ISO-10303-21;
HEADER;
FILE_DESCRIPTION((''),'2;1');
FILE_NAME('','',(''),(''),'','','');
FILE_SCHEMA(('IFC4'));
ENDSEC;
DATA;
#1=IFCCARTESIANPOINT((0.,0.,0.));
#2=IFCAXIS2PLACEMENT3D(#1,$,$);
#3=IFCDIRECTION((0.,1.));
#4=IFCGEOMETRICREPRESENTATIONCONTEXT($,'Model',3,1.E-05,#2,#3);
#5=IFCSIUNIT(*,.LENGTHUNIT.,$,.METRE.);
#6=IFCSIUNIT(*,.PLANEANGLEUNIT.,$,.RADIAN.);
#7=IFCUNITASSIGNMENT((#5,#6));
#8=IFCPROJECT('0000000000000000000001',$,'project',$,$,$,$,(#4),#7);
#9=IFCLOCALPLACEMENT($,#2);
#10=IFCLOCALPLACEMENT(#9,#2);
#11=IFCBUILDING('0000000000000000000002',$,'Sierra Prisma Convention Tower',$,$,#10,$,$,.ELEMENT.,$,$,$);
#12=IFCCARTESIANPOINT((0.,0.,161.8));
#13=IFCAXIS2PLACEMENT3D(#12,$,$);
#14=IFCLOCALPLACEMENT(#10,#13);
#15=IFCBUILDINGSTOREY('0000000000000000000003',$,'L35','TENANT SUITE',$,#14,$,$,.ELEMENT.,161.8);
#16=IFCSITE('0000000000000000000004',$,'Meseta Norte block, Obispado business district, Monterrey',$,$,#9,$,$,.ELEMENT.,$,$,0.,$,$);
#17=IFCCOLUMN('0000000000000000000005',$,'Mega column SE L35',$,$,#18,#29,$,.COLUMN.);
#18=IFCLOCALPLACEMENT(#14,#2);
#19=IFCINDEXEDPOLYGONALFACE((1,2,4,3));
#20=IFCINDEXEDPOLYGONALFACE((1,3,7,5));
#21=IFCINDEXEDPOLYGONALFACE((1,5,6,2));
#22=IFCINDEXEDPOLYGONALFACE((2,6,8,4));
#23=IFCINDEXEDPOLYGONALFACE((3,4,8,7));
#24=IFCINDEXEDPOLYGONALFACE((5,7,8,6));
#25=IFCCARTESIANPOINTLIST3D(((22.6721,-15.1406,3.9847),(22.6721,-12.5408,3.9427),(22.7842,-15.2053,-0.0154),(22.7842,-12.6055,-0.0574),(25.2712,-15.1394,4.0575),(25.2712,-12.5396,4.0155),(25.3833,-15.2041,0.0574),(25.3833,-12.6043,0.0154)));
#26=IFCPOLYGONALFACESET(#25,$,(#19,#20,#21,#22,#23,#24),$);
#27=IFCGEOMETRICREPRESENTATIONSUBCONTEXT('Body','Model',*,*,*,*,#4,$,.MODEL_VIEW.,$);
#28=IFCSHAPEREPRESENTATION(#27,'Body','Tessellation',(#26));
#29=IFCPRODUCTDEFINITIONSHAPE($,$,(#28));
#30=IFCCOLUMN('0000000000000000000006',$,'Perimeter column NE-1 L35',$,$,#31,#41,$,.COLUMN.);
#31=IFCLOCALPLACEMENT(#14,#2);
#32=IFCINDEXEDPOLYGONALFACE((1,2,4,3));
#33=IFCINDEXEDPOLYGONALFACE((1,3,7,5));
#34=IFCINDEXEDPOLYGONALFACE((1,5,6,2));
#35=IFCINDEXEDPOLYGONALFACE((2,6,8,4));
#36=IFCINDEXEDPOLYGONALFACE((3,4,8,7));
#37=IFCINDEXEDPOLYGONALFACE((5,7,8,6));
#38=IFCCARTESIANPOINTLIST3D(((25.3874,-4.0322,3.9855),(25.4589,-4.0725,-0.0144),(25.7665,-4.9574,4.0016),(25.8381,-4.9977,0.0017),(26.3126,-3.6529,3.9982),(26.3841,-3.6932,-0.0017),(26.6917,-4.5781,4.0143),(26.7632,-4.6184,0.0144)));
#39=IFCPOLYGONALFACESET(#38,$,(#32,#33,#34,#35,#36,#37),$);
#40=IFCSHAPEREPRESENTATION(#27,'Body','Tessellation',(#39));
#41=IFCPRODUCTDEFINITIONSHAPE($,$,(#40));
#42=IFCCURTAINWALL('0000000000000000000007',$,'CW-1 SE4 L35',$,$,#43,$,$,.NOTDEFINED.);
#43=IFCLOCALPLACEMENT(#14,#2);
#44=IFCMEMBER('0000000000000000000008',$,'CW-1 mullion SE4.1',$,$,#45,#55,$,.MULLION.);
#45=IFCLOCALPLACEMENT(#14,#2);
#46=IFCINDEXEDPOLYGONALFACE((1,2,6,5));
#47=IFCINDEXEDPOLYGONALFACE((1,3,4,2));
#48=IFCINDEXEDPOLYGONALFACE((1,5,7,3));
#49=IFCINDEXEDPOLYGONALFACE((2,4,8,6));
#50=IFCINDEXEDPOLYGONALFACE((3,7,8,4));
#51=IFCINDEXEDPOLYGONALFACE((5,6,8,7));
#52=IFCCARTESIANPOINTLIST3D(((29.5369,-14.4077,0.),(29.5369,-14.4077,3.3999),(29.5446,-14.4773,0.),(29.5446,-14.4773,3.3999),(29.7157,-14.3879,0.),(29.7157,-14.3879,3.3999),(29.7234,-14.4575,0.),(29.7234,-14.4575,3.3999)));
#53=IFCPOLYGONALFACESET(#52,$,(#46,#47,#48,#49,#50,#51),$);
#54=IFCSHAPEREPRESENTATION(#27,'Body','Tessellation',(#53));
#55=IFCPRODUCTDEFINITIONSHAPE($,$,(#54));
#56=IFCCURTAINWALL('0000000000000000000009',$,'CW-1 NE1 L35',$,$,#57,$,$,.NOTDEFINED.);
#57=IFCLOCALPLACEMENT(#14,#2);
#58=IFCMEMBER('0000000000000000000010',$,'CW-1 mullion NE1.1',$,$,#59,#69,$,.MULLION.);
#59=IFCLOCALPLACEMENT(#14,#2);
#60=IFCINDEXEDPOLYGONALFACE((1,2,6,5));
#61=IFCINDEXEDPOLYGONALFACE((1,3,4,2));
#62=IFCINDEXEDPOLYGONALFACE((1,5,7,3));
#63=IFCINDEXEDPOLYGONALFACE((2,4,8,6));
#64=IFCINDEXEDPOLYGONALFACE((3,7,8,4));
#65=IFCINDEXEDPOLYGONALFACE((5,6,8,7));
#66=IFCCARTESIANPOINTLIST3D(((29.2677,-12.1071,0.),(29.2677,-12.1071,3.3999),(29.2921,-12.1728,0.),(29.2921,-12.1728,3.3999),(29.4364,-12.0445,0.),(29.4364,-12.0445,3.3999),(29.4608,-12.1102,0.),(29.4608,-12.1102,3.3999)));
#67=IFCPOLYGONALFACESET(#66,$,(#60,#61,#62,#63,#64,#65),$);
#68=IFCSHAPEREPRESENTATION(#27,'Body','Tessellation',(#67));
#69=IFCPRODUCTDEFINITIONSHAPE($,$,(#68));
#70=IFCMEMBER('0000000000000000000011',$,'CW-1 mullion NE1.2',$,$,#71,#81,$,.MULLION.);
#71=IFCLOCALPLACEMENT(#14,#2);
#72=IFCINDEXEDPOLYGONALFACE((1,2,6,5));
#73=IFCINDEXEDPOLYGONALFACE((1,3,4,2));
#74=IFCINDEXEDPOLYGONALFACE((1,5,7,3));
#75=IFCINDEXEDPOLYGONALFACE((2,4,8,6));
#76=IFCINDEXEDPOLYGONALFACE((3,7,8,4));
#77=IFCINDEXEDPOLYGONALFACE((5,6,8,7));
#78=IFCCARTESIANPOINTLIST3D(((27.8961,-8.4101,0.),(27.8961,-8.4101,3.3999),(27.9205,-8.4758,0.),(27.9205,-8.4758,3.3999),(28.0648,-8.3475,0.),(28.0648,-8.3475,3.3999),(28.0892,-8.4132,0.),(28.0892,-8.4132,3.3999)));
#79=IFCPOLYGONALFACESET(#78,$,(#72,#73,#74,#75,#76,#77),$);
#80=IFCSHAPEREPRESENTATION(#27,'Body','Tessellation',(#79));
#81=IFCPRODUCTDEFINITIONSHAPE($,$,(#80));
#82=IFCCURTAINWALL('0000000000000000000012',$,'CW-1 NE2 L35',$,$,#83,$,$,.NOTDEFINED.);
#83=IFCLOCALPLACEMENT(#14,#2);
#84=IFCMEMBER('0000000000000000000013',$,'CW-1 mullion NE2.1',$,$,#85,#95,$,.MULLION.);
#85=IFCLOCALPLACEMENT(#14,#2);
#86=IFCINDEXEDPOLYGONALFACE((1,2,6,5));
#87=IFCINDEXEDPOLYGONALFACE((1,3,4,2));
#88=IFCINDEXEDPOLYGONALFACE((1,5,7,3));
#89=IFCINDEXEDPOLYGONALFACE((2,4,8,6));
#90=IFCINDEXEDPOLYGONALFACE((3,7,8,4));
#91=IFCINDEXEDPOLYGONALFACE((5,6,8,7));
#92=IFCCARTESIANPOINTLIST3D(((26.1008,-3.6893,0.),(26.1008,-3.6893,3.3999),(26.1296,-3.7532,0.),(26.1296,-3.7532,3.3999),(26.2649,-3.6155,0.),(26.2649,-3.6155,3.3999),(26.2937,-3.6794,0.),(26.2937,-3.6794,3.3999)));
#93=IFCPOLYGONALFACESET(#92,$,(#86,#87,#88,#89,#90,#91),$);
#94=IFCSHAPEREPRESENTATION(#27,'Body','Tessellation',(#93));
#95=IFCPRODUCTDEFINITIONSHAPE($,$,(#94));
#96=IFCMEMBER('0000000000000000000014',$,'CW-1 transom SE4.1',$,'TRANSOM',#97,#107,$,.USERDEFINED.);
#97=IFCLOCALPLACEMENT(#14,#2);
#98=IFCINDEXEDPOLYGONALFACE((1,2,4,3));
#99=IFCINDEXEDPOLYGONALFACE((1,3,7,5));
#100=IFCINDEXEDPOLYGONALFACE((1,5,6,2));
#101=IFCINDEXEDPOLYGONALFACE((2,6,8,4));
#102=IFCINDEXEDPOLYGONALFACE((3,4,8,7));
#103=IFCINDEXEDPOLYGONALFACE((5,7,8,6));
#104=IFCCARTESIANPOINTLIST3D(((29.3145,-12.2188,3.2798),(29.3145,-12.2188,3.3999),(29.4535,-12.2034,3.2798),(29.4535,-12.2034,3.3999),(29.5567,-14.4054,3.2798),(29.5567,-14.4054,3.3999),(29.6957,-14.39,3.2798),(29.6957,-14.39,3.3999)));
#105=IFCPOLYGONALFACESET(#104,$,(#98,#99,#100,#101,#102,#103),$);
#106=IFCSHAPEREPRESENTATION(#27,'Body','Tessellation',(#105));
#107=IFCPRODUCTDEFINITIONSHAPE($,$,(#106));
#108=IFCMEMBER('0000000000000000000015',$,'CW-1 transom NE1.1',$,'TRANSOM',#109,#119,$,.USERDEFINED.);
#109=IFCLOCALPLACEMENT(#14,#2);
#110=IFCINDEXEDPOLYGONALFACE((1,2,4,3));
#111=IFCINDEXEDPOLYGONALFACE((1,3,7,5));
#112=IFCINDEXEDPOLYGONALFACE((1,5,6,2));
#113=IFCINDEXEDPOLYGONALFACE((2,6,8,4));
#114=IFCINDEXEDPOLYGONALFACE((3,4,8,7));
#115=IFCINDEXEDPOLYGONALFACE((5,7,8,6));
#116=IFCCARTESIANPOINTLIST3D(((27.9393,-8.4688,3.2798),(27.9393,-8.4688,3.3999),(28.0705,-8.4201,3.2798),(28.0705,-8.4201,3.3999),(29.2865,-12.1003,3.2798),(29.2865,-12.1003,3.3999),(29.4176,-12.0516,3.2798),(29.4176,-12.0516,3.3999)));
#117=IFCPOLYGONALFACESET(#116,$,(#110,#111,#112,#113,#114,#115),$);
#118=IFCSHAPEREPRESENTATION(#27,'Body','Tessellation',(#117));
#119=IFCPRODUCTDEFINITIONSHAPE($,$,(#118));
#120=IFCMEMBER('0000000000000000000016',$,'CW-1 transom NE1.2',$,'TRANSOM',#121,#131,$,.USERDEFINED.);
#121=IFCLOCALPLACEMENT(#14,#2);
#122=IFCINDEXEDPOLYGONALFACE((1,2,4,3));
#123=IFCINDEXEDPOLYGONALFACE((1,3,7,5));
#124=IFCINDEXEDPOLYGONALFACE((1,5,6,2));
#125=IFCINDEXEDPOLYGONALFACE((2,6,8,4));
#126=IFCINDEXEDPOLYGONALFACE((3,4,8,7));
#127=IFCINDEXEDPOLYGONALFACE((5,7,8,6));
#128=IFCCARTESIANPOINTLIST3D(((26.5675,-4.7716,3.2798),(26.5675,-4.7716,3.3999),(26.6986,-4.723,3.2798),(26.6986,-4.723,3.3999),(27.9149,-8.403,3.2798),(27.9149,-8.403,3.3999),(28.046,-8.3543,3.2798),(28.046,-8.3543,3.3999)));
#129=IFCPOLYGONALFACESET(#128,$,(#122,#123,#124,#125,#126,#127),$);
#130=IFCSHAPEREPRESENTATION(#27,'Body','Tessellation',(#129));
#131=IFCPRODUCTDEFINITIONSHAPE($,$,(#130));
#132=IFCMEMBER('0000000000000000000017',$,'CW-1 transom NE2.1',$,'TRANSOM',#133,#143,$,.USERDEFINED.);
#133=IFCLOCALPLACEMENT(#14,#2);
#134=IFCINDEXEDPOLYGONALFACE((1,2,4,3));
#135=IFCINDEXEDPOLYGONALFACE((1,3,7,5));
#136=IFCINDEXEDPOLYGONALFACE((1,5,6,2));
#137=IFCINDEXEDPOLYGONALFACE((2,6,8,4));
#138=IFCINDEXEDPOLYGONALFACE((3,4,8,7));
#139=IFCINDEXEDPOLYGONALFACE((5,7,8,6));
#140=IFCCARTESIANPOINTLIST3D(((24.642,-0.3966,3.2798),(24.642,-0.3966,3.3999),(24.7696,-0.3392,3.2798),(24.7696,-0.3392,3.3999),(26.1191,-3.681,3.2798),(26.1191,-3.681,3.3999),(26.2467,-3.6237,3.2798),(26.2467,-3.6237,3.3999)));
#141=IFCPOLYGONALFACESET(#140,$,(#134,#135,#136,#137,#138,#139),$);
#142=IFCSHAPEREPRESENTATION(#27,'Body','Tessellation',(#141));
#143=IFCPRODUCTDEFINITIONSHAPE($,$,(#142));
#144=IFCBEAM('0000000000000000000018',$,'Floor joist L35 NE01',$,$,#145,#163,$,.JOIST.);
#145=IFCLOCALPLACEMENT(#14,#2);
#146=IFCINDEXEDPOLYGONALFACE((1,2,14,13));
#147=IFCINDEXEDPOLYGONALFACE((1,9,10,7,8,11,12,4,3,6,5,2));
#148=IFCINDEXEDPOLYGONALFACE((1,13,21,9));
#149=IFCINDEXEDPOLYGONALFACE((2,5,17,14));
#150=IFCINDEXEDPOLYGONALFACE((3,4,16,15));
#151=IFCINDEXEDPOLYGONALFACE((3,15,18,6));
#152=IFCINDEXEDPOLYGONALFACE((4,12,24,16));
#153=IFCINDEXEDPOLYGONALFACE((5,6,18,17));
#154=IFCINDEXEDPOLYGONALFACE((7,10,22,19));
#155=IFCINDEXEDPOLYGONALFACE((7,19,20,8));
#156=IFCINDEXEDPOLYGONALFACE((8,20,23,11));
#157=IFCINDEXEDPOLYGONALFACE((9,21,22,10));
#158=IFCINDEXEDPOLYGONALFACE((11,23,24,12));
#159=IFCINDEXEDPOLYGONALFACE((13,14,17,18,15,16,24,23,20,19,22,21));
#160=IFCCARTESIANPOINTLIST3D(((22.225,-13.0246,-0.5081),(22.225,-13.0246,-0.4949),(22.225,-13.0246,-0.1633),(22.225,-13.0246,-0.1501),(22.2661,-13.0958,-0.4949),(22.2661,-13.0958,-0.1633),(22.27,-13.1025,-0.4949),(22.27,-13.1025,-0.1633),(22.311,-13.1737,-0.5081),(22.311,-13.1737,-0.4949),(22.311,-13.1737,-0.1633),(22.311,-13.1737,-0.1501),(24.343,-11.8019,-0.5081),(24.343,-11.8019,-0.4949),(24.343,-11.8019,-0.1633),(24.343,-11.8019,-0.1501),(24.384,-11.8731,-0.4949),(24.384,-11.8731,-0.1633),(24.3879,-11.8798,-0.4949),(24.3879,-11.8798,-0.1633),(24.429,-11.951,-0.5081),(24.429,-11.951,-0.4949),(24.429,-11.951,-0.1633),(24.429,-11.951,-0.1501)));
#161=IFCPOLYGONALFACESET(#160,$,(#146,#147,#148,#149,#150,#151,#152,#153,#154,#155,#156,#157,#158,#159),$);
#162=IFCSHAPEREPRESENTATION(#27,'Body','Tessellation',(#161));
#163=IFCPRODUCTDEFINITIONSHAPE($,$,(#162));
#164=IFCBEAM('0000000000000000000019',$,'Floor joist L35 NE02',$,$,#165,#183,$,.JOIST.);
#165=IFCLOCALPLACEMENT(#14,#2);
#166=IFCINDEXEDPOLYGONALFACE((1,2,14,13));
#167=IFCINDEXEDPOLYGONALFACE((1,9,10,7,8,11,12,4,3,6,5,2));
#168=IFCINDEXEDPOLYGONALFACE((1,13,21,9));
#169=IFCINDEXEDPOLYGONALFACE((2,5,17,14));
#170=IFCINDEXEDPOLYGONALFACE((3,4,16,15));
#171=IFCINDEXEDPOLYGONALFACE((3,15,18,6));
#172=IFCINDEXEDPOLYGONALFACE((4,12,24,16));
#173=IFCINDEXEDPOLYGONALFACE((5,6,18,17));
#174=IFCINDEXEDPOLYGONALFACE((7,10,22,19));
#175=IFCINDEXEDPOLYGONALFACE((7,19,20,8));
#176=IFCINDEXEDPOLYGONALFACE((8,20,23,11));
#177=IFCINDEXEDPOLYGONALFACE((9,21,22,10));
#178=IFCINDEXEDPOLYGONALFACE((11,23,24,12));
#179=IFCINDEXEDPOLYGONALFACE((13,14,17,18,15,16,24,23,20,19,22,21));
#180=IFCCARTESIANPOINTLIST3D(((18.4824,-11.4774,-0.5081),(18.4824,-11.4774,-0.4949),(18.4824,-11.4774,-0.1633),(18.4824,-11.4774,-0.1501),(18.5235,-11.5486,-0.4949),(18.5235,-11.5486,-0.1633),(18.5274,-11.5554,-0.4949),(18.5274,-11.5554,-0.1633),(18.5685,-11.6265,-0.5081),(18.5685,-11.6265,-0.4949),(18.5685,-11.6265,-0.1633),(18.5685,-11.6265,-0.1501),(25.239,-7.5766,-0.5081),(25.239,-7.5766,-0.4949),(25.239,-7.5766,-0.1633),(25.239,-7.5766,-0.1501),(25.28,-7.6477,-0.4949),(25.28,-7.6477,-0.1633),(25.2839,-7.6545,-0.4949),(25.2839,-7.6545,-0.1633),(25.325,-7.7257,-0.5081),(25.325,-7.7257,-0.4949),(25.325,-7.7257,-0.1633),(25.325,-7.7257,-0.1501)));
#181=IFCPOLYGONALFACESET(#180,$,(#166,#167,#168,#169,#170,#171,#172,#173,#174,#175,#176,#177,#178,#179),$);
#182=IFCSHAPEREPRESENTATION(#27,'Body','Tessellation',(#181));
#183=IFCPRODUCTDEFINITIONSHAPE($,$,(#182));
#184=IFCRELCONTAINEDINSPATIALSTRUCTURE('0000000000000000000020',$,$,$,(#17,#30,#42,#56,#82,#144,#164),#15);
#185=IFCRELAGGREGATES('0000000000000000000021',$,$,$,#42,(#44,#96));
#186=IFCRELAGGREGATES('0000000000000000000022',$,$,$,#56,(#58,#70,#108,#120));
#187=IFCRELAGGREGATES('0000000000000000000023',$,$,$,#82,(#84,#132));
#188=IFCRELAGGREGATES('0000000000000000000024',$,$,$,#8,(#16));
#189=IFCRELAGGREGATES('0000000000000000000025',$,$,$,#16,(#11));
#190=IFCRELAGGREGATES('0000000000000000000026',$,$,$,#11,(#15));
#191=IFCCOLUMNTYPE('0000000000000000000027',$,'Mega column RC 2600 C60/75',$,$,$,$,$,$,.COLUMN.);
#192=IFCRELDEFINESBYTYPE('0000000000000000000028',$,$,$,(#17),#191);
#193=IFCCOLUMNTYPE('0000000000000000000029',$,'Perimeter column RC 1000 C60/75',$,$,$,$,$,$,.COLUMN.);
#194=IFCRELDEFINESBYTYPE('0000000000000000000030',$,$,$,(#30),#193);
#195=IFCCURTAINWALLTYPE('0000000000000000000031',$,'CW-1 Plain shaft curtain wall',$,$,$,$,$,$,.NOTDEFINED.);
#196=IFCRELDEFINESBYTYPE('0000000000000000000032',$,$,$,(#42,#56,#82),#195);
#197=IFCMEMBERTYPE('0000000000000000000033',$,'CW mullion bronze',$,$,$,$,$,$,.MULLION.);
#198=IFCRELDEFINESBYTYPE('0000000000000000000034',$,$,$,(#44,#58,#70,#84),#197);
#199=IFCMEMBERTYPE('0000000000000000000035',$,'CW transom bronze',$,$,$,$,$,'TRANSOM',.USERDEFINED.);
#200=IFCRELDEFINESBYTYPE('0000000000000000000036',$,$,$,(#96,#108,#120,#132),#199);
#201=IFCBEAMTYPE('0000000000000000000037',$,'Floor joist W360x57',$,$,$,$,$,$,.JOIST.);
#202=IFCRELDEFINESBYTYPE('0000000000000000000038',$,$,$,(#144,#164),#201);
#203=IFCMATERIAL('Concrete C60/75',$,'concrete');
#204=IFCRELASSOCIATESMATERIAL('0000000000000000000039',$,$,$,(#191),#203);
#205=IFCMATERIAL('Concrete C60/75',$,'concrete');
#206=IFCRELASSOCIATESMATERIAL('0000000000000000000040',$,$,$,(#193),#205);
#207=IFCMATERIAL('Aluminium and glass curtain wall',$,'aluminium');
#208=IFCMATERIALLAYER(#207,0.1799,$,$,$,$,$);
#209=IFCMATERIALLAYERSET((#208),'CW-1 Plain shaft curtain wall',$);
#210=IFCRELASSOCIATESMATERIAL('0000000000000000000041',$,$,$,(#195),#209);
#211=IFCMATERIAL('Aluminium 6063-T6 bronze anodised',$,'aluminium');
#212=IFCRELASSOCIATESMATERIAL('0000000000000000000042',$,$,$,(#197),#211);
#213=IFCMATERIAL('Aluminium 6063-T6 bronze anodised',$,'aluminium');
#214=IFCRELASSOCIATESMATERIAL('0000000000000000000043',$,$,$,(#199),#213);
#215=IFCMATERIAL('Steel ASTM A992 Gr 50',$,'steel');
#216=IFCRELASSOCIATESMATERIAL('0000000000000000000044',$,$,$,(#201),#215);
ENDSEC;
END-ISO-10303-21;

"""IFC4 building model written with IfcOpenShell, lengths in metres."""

from ifc_helpers import new_model, si_unit, direction, frame, origin, origin_2d, place, context, subcontext, project, spatial, rectangle, i_section, extrude, material, layer, layer_set, material_profile, profile_set, type_object, element, aggregate, save


model = new_model("IFC4")

# Units and contexts
model_context = context("Model", 3, precision=1e-05, world=origin(), true_north=direction((0.0, 1.0)))
body_context = subcontext(model_context, "Body", "Model", "MODEL_VIEW")
ifc_project = project(units=[si_unit("LENGTHUNIT", "METRE"), si_unit("PLANEANGLEUNIT", "RADIAN")], contexts=[model_context])

# Site, building, storey
site_placement = place(None, origin())
site = spatial("IfcSite", under=ifc_project, at=site_placement, Name="Meseta Norte block, Obispado business district, Monterrey", CompositionType="ELEMENT", RefElevation=0.0)
building_placement = place(site_placement, origin())
building = spatial("IfcBuilding", under=site, at=building_placement, Name="Sierra Prisma Convention Tower", CompositionType="ELEMENT")
storey_placement = place(building_placement, frame((0.0, 0.0, 161.8)))
storey = spatial("IfcBuildingStorey", under=building, at=storey_placement, Name="L35", Description="TENANT SUITE", CompositionType="ELEMENT", Elevation=161.8)

# Columns
ifc_material_1 = material(Name="Concrete C60/75", Category="concrete")
ifc_material_profile_1 = material_profile(ifc_material_1, rectangle(XDim=2.6001, YDim=2.6001, at=origin_2d()), Name="Mega column RC 2600 C60/75")
ifc_profile_set_1 = profile_set([ifc_material_profile_1], Name="Concrete C60/75")
column_type_1 = type_object("IfcColumnType", Name="Mega column RC 2600 C60/75", PredefinedType="COLUMN", material=ifc_profile_set_1)
column_1_placement = place(storey_placement, frame((24.0837, -13.9048, 0.0), z_axis=(-0.028, 0.016166, 0.999477), x_axis=(0.999608, 0.000453, 0.027997)))
element("IfcColumn", 1, at=column_1_placement, inside=storey, type_object=column_type_1, Name="Mega column SE L35", PredefinedType="COLUMN", context=body_context, shape_type="SweptSolid", body=[
    extrude(rectangle(XDim=2.6001, YDim=2.6001, at=origin_2d()), origin(), (0.0, 0.0, 1.0), 4.0022),
])
ifc_material_2 = material(Name="Concrete C60/75", Category="concrete")
ifc_material_profile_2 = material_profile(ifc_material_2, rectangle(XDim=1.0, YDim=1.0, at=origin_2d()), Name="Perimeter column RC 1000 C60/75")
ifc_profile_set_2 = profile_set([ifc_material_profile_2], Name="Concrete C60/75")
column_type_2 = type_object("IfcColumnType", Name="Perimeter column RC 1000 C60/75", PredefinedType="COLUMN", material=ifc_profile_set_2)
column_2_placement = place(storey_placement, frame((26.1111, -4.3455, 0.0), z_axis=(-0.01788, 0.010069, 0.999789), x_axis=(-0.379134, 0.925202, -0.016098)))
element("IfcColumn", 2, at=column_2_placement, inside=storey, type_object=column_type_2, Name="Perimeter column NE-1 L35", PredefinedType="COLUMN", context=body_context, shape_type="SweptSolid", body=[
    extrude(rectangle(XDim=1.0, YDim=1.0, at=origin_2d()), origin(), (0.0, 0.0, 1.0), 4.0007),
])

# Curtain wall, member
ifc_material_3 = material(Name="Aluminium and glass curtain wall", Category="aluminium")
ifc_layer_1 = layer(ifc_material_3, 0.1799)
ifc_layer_set_1 = layer_set([ifc_layer_1], Name="CW-1 Plain shaft curtain wall")
curtain_wall_type = type_object("IfcCurtainWallType", Name="CW-1 Plain shaft curtain wall", PredefinedType="NOTDEFINED", material=ifc_layer_set_1)
curtain_wall_1_placement = place(storey_placement, origin())
curtain_wall_1 = element("IfcCurtainWall", 3, at=curtain_wall_1_placement, inside=storey, type_object=curtain_wall_type, Name="CW-1 SE4 L35", PredefinedType="NOTDEFINED")
ifc_material_4 = material(Name="Aluminium 6063-T6 bronze anodised", Category="aluminium")
ifc_material_profile_3 = material_profile(ifc_material_4, rectangle(XDim=0.1799, YDim=0.0701, at=origin_2d()), Name="ALU MULLION 70x180")
ifc_profile_set_3 = profile_set([ifc_material_profile_3], Name="Aluminium 6063-T6 bronze anodised")
member_type_1 = type_object("IfcMemberType", Name="CW mullion bronze", PredefinedType="MULLION", material=ifc_profile_set_3)
member_1_placement = place(storey_placement, frame((29.6301, -14.4326, 0.0), z_axis=(0.0, 0.0, 1.0), x_axis=(-0.993924, -0.110068, 0.0)))
member_1 = element("IfcMember", 4, at=member_1_placement, type_object=member_type_1, Name="CW-1 mullion SE4.1", PredefinedType="MULLION", context=body_context, shape_type="SweptSolid", body=[
    extrude(rectangle(XDim=0.1799, YDim=0.0701, at=origin_2d()), origin(), (0.0, 0.0, 1.0), 3.3999),
])

# Curtain wall, members
curtain_wall_2_placement = place(storey_placement, origin())
curtain_wall_2 = element("IfcCurtainWall", 5, at=curtain_wall_2_placement, inside=storey, type_object=curtain_wall_type, Name="CW-1 NE1 L35", PredefinedType="NOTDEFINED")
member_2_placement = place(storey_placement, frame((29.3643, -12.1086, 0.0), z_axis=(0.0, 0.0, 1.0), x_axis=(-0.937557, -0.347831, 0.0)))
member_2 = element("IfcMember", 6, at=member_2_placement, type_object=member_type_1, Name="CW-1 mullion NE1.1", PredefinedType="MULLION", context=body_context, shape_type="SweptSolid", body=[
    extrude(rectangle(XDim=0.1799, YDim=0.0701, at=origin_2d()), origin(), (0.0, 0.0, 1.0), 3.3999),
])
member_3_placement = place(storey_placement, frame((27.9927, -8.4116, 0.0), z_axis=(0.0, 0.0, 1.0), x_axis=(-0.937557, -0.347831, 0.0)))
member_3 = element("IfcMember", 7, at=member_3_placement, type_object=member_type_1, Name="CW-1 mullion NE1.2", PredefinedType="MULLION", context=body_context, shape_type="SweptSolid", body=[
    extrude(rectangle(XDim=0.1799, YDim=0.0701, at=origin_2d()), origin(), (0.0, 0.0, 1.0), 3.3999),
])

# Curtain wall, member
curtain_wall_3_placement = place(storey_placement, origin())
curtain_wall_3 = element("IfcCurtainWall", 8, at=curtain_wall_3_placement, inside=storey, type_object=curtain_wall_type, Name="CW-1 NE2 L35", PredefinedType="NOTDEFINED")
member_4_placement = place(storey_placement, frame((26.1973, -3.6843, 0.0), z_axis=(0.0, 0.0, 1.0), x_axis=(-0.912028, -0.410127, 0.0)))
member_4 = element("IfcMember", 9, at=member_4_placement, type_object=member_type_1, Name="CW-1 mullion NE2.1", PredefinedType="MULLION", context=body_context, shape_type="SweptSolid", body=[
    extrude(rectangle(XDim=0.1799, YDim=0.0701, at=origin_2d()), origin(), (0.0, 0.0, 1.0), 3.3999),
])

# Members
ifc_material_5 = material(Name="Aluminium 6063-T6 bronze anodised", Category="aluminium")
ifc_material_profile_4 = material_profile(ifc_material_5, rectangle(XDim=0.1399, YDim=0.1201, at=origin_2d()), Name="ALU TRANSOM 120x140")
ifc_profile_set_4 = profile_set([ifc_material_profile_4], Name="Aluminium 6063-T6 bronze anodised")
member_type_2 = type_object("IfcMemberType", Name="CW transom bronze", ElementType="TRANSOM", PredefinedType="USERDEFINED", material=ifc_profile_set_4)
member_5_placement = place(storey_placement, frame((29.6262, -14.3977, 3.3398), z_axis=(-0.11009, 0.993922, 0.0), x_axis=(-0.993922, -0.11009, 0.0)))
member_5 = element("IfcMember", 10, at=member_5_placement, type_object=member_type_2, Name="CW-1 transom SE4.1", ObjectType="TRANSOM", PredefinedType="USERDEFINED", context=body_context, shape_type="SweptSolid", body=[
    extrude(rectangle(XDim=0.1399, YDim=0.1201, at=origin_2d()), origin(), (0.0, 0.0, 1.0), 2.2),
])
member_6_placement = place(storey_placement, frame((29.3521, -12.0759, 3.3398), z_axis=(-0.347799, 0.937569, 0.0), x_axis=(-0.937569, -0.347799, 0.0)))
member_6 = element("IfcMember", 11, at=member_6_placement, type_object=member_type_2, Name="CW-1 transom NE1.1", ObjectType="TRANSOM", PredefinedType="USERDEFINED", context=body_context, shape_type="SweptSolid", body=[
    extrude(rectangle(XDim=0.1399, YDim=0.1201, at=origin_2d()), origin(), (0.0, 0.0, 1.0), 3.8733),
])
member_7_placement = place(storey_placement, frame((27.9805, -8.3787, 3.3398), z_axis=(-0.347875, 0.937541, 0.0), x_axis=(-0.937541, -0.347875, 0.0)))
member_7 = element("IfcMember", 12, at=member_7_placement, type_object=member_type_2, Name="CW-1 transom NE1.2", ObjectType="TRANSOM", PredefinedType="USERDEFINED", context=body_context, shape_type="SweptSolid", body=[
    extrude(rectangle(XDim=0.1399, YDim=0.1201, at=origin_2d()), origin(), (0.0, 0.0, 1.0), 3.8733),
])
member_8_placement = place(storey_placement, frame((26.1829, -3.6523, 3.3398), z_axis=(-0.410148, 0.912019, 0.0), x_axis=(-0.912019, -0.410148, 0.0)))
member_8 = element("IfcMember", 13, at=member_8_placement, type_object=member_type_2, Name="CW-1 transom NE2.1", ObjectType="TRANSOM", PredefinedType="USERDEFINED", context=body_context, shape_type="SweptSolid", body=[
    extrude(rectangle(XDim=0.1399, YDim=0.1201, at=origin_2d()), origin(), (0.0, 0.0, 1.0), 3.6013),
])

# Beams
ifc_material_6 = material(Name="Steel ASTM A992 Gr 50", Category="steel")
ifc_material_profile_5 = material_profile(ifc_material_6, i_section(OverallWidth=0.1721, OverallDepth=0.3579, WebThickness=0.0078, FlangeThickness=0.0132, at=origin_2d()), Name="W360x57")
ifc_profile_set_5 = profile_set([ifc_material_profile_5], Name="Steel ASTM A992 Gr 50")
beam_type_1 = type_object("IfcBeamType", Name="Floor joist W360x57", PredefinedType="JOIST", material=ifc_profile_set_5)
beam_1_placement = place(storey_placement, frame((24.386, -11.8765, -0.3291), z_axis=(-0.866048, -0.499962, 0.0), x_axis=(0.499962, -0.866048, 0.0)))
element("IfcBeam", 14, at=beam_1_placement, inside=storey, type_object=beam_type_1, Name="Floor joist L35 NE01", PredefinedType="JOIST", context=body_context, shape_type="SweptSolid", body=[
    extrude(i_section(OverallWidth=0.1721, OverallDepth=0.3579, WebThickness=0.0078, FlangeThickness=0.0132, at=origin_2d()), origin(), (0.0, 0.0, 1.0), 2.4456),
])
beam_2_placement = place(storey_placement, frame((25.282, -7.6511, -0.3291), z_axis=(-0.866028, -0.499996, 0.0), x_axis=(0.499996, -0.866028, 0.0)))
element("IfcBeam", 15, at=beam_2_placement, inside=storey, type_object=beam_type_1, Name="Floor joist L35 NE02", PredefinedType="JOIST", context=body_context, shape_type="SweptSolid", body=[
    extrude(i_section(OverallWidth=0.1721, OverallDepth=0.3579, WebThickness=0.0078, FlangeThickness=0.0132, at=origin_2d()), origin(), (0.0, 0.0, 1.0), 7.8018),
])

aggregate(curtain_wall_1, [member_1, member_5])
aggregate(curtain_wall_2, [member_2, member_3, member_6, member_7])
aggregate(curtain_wall_3, [member_4, member_8])

save(model, "model.ifc")
